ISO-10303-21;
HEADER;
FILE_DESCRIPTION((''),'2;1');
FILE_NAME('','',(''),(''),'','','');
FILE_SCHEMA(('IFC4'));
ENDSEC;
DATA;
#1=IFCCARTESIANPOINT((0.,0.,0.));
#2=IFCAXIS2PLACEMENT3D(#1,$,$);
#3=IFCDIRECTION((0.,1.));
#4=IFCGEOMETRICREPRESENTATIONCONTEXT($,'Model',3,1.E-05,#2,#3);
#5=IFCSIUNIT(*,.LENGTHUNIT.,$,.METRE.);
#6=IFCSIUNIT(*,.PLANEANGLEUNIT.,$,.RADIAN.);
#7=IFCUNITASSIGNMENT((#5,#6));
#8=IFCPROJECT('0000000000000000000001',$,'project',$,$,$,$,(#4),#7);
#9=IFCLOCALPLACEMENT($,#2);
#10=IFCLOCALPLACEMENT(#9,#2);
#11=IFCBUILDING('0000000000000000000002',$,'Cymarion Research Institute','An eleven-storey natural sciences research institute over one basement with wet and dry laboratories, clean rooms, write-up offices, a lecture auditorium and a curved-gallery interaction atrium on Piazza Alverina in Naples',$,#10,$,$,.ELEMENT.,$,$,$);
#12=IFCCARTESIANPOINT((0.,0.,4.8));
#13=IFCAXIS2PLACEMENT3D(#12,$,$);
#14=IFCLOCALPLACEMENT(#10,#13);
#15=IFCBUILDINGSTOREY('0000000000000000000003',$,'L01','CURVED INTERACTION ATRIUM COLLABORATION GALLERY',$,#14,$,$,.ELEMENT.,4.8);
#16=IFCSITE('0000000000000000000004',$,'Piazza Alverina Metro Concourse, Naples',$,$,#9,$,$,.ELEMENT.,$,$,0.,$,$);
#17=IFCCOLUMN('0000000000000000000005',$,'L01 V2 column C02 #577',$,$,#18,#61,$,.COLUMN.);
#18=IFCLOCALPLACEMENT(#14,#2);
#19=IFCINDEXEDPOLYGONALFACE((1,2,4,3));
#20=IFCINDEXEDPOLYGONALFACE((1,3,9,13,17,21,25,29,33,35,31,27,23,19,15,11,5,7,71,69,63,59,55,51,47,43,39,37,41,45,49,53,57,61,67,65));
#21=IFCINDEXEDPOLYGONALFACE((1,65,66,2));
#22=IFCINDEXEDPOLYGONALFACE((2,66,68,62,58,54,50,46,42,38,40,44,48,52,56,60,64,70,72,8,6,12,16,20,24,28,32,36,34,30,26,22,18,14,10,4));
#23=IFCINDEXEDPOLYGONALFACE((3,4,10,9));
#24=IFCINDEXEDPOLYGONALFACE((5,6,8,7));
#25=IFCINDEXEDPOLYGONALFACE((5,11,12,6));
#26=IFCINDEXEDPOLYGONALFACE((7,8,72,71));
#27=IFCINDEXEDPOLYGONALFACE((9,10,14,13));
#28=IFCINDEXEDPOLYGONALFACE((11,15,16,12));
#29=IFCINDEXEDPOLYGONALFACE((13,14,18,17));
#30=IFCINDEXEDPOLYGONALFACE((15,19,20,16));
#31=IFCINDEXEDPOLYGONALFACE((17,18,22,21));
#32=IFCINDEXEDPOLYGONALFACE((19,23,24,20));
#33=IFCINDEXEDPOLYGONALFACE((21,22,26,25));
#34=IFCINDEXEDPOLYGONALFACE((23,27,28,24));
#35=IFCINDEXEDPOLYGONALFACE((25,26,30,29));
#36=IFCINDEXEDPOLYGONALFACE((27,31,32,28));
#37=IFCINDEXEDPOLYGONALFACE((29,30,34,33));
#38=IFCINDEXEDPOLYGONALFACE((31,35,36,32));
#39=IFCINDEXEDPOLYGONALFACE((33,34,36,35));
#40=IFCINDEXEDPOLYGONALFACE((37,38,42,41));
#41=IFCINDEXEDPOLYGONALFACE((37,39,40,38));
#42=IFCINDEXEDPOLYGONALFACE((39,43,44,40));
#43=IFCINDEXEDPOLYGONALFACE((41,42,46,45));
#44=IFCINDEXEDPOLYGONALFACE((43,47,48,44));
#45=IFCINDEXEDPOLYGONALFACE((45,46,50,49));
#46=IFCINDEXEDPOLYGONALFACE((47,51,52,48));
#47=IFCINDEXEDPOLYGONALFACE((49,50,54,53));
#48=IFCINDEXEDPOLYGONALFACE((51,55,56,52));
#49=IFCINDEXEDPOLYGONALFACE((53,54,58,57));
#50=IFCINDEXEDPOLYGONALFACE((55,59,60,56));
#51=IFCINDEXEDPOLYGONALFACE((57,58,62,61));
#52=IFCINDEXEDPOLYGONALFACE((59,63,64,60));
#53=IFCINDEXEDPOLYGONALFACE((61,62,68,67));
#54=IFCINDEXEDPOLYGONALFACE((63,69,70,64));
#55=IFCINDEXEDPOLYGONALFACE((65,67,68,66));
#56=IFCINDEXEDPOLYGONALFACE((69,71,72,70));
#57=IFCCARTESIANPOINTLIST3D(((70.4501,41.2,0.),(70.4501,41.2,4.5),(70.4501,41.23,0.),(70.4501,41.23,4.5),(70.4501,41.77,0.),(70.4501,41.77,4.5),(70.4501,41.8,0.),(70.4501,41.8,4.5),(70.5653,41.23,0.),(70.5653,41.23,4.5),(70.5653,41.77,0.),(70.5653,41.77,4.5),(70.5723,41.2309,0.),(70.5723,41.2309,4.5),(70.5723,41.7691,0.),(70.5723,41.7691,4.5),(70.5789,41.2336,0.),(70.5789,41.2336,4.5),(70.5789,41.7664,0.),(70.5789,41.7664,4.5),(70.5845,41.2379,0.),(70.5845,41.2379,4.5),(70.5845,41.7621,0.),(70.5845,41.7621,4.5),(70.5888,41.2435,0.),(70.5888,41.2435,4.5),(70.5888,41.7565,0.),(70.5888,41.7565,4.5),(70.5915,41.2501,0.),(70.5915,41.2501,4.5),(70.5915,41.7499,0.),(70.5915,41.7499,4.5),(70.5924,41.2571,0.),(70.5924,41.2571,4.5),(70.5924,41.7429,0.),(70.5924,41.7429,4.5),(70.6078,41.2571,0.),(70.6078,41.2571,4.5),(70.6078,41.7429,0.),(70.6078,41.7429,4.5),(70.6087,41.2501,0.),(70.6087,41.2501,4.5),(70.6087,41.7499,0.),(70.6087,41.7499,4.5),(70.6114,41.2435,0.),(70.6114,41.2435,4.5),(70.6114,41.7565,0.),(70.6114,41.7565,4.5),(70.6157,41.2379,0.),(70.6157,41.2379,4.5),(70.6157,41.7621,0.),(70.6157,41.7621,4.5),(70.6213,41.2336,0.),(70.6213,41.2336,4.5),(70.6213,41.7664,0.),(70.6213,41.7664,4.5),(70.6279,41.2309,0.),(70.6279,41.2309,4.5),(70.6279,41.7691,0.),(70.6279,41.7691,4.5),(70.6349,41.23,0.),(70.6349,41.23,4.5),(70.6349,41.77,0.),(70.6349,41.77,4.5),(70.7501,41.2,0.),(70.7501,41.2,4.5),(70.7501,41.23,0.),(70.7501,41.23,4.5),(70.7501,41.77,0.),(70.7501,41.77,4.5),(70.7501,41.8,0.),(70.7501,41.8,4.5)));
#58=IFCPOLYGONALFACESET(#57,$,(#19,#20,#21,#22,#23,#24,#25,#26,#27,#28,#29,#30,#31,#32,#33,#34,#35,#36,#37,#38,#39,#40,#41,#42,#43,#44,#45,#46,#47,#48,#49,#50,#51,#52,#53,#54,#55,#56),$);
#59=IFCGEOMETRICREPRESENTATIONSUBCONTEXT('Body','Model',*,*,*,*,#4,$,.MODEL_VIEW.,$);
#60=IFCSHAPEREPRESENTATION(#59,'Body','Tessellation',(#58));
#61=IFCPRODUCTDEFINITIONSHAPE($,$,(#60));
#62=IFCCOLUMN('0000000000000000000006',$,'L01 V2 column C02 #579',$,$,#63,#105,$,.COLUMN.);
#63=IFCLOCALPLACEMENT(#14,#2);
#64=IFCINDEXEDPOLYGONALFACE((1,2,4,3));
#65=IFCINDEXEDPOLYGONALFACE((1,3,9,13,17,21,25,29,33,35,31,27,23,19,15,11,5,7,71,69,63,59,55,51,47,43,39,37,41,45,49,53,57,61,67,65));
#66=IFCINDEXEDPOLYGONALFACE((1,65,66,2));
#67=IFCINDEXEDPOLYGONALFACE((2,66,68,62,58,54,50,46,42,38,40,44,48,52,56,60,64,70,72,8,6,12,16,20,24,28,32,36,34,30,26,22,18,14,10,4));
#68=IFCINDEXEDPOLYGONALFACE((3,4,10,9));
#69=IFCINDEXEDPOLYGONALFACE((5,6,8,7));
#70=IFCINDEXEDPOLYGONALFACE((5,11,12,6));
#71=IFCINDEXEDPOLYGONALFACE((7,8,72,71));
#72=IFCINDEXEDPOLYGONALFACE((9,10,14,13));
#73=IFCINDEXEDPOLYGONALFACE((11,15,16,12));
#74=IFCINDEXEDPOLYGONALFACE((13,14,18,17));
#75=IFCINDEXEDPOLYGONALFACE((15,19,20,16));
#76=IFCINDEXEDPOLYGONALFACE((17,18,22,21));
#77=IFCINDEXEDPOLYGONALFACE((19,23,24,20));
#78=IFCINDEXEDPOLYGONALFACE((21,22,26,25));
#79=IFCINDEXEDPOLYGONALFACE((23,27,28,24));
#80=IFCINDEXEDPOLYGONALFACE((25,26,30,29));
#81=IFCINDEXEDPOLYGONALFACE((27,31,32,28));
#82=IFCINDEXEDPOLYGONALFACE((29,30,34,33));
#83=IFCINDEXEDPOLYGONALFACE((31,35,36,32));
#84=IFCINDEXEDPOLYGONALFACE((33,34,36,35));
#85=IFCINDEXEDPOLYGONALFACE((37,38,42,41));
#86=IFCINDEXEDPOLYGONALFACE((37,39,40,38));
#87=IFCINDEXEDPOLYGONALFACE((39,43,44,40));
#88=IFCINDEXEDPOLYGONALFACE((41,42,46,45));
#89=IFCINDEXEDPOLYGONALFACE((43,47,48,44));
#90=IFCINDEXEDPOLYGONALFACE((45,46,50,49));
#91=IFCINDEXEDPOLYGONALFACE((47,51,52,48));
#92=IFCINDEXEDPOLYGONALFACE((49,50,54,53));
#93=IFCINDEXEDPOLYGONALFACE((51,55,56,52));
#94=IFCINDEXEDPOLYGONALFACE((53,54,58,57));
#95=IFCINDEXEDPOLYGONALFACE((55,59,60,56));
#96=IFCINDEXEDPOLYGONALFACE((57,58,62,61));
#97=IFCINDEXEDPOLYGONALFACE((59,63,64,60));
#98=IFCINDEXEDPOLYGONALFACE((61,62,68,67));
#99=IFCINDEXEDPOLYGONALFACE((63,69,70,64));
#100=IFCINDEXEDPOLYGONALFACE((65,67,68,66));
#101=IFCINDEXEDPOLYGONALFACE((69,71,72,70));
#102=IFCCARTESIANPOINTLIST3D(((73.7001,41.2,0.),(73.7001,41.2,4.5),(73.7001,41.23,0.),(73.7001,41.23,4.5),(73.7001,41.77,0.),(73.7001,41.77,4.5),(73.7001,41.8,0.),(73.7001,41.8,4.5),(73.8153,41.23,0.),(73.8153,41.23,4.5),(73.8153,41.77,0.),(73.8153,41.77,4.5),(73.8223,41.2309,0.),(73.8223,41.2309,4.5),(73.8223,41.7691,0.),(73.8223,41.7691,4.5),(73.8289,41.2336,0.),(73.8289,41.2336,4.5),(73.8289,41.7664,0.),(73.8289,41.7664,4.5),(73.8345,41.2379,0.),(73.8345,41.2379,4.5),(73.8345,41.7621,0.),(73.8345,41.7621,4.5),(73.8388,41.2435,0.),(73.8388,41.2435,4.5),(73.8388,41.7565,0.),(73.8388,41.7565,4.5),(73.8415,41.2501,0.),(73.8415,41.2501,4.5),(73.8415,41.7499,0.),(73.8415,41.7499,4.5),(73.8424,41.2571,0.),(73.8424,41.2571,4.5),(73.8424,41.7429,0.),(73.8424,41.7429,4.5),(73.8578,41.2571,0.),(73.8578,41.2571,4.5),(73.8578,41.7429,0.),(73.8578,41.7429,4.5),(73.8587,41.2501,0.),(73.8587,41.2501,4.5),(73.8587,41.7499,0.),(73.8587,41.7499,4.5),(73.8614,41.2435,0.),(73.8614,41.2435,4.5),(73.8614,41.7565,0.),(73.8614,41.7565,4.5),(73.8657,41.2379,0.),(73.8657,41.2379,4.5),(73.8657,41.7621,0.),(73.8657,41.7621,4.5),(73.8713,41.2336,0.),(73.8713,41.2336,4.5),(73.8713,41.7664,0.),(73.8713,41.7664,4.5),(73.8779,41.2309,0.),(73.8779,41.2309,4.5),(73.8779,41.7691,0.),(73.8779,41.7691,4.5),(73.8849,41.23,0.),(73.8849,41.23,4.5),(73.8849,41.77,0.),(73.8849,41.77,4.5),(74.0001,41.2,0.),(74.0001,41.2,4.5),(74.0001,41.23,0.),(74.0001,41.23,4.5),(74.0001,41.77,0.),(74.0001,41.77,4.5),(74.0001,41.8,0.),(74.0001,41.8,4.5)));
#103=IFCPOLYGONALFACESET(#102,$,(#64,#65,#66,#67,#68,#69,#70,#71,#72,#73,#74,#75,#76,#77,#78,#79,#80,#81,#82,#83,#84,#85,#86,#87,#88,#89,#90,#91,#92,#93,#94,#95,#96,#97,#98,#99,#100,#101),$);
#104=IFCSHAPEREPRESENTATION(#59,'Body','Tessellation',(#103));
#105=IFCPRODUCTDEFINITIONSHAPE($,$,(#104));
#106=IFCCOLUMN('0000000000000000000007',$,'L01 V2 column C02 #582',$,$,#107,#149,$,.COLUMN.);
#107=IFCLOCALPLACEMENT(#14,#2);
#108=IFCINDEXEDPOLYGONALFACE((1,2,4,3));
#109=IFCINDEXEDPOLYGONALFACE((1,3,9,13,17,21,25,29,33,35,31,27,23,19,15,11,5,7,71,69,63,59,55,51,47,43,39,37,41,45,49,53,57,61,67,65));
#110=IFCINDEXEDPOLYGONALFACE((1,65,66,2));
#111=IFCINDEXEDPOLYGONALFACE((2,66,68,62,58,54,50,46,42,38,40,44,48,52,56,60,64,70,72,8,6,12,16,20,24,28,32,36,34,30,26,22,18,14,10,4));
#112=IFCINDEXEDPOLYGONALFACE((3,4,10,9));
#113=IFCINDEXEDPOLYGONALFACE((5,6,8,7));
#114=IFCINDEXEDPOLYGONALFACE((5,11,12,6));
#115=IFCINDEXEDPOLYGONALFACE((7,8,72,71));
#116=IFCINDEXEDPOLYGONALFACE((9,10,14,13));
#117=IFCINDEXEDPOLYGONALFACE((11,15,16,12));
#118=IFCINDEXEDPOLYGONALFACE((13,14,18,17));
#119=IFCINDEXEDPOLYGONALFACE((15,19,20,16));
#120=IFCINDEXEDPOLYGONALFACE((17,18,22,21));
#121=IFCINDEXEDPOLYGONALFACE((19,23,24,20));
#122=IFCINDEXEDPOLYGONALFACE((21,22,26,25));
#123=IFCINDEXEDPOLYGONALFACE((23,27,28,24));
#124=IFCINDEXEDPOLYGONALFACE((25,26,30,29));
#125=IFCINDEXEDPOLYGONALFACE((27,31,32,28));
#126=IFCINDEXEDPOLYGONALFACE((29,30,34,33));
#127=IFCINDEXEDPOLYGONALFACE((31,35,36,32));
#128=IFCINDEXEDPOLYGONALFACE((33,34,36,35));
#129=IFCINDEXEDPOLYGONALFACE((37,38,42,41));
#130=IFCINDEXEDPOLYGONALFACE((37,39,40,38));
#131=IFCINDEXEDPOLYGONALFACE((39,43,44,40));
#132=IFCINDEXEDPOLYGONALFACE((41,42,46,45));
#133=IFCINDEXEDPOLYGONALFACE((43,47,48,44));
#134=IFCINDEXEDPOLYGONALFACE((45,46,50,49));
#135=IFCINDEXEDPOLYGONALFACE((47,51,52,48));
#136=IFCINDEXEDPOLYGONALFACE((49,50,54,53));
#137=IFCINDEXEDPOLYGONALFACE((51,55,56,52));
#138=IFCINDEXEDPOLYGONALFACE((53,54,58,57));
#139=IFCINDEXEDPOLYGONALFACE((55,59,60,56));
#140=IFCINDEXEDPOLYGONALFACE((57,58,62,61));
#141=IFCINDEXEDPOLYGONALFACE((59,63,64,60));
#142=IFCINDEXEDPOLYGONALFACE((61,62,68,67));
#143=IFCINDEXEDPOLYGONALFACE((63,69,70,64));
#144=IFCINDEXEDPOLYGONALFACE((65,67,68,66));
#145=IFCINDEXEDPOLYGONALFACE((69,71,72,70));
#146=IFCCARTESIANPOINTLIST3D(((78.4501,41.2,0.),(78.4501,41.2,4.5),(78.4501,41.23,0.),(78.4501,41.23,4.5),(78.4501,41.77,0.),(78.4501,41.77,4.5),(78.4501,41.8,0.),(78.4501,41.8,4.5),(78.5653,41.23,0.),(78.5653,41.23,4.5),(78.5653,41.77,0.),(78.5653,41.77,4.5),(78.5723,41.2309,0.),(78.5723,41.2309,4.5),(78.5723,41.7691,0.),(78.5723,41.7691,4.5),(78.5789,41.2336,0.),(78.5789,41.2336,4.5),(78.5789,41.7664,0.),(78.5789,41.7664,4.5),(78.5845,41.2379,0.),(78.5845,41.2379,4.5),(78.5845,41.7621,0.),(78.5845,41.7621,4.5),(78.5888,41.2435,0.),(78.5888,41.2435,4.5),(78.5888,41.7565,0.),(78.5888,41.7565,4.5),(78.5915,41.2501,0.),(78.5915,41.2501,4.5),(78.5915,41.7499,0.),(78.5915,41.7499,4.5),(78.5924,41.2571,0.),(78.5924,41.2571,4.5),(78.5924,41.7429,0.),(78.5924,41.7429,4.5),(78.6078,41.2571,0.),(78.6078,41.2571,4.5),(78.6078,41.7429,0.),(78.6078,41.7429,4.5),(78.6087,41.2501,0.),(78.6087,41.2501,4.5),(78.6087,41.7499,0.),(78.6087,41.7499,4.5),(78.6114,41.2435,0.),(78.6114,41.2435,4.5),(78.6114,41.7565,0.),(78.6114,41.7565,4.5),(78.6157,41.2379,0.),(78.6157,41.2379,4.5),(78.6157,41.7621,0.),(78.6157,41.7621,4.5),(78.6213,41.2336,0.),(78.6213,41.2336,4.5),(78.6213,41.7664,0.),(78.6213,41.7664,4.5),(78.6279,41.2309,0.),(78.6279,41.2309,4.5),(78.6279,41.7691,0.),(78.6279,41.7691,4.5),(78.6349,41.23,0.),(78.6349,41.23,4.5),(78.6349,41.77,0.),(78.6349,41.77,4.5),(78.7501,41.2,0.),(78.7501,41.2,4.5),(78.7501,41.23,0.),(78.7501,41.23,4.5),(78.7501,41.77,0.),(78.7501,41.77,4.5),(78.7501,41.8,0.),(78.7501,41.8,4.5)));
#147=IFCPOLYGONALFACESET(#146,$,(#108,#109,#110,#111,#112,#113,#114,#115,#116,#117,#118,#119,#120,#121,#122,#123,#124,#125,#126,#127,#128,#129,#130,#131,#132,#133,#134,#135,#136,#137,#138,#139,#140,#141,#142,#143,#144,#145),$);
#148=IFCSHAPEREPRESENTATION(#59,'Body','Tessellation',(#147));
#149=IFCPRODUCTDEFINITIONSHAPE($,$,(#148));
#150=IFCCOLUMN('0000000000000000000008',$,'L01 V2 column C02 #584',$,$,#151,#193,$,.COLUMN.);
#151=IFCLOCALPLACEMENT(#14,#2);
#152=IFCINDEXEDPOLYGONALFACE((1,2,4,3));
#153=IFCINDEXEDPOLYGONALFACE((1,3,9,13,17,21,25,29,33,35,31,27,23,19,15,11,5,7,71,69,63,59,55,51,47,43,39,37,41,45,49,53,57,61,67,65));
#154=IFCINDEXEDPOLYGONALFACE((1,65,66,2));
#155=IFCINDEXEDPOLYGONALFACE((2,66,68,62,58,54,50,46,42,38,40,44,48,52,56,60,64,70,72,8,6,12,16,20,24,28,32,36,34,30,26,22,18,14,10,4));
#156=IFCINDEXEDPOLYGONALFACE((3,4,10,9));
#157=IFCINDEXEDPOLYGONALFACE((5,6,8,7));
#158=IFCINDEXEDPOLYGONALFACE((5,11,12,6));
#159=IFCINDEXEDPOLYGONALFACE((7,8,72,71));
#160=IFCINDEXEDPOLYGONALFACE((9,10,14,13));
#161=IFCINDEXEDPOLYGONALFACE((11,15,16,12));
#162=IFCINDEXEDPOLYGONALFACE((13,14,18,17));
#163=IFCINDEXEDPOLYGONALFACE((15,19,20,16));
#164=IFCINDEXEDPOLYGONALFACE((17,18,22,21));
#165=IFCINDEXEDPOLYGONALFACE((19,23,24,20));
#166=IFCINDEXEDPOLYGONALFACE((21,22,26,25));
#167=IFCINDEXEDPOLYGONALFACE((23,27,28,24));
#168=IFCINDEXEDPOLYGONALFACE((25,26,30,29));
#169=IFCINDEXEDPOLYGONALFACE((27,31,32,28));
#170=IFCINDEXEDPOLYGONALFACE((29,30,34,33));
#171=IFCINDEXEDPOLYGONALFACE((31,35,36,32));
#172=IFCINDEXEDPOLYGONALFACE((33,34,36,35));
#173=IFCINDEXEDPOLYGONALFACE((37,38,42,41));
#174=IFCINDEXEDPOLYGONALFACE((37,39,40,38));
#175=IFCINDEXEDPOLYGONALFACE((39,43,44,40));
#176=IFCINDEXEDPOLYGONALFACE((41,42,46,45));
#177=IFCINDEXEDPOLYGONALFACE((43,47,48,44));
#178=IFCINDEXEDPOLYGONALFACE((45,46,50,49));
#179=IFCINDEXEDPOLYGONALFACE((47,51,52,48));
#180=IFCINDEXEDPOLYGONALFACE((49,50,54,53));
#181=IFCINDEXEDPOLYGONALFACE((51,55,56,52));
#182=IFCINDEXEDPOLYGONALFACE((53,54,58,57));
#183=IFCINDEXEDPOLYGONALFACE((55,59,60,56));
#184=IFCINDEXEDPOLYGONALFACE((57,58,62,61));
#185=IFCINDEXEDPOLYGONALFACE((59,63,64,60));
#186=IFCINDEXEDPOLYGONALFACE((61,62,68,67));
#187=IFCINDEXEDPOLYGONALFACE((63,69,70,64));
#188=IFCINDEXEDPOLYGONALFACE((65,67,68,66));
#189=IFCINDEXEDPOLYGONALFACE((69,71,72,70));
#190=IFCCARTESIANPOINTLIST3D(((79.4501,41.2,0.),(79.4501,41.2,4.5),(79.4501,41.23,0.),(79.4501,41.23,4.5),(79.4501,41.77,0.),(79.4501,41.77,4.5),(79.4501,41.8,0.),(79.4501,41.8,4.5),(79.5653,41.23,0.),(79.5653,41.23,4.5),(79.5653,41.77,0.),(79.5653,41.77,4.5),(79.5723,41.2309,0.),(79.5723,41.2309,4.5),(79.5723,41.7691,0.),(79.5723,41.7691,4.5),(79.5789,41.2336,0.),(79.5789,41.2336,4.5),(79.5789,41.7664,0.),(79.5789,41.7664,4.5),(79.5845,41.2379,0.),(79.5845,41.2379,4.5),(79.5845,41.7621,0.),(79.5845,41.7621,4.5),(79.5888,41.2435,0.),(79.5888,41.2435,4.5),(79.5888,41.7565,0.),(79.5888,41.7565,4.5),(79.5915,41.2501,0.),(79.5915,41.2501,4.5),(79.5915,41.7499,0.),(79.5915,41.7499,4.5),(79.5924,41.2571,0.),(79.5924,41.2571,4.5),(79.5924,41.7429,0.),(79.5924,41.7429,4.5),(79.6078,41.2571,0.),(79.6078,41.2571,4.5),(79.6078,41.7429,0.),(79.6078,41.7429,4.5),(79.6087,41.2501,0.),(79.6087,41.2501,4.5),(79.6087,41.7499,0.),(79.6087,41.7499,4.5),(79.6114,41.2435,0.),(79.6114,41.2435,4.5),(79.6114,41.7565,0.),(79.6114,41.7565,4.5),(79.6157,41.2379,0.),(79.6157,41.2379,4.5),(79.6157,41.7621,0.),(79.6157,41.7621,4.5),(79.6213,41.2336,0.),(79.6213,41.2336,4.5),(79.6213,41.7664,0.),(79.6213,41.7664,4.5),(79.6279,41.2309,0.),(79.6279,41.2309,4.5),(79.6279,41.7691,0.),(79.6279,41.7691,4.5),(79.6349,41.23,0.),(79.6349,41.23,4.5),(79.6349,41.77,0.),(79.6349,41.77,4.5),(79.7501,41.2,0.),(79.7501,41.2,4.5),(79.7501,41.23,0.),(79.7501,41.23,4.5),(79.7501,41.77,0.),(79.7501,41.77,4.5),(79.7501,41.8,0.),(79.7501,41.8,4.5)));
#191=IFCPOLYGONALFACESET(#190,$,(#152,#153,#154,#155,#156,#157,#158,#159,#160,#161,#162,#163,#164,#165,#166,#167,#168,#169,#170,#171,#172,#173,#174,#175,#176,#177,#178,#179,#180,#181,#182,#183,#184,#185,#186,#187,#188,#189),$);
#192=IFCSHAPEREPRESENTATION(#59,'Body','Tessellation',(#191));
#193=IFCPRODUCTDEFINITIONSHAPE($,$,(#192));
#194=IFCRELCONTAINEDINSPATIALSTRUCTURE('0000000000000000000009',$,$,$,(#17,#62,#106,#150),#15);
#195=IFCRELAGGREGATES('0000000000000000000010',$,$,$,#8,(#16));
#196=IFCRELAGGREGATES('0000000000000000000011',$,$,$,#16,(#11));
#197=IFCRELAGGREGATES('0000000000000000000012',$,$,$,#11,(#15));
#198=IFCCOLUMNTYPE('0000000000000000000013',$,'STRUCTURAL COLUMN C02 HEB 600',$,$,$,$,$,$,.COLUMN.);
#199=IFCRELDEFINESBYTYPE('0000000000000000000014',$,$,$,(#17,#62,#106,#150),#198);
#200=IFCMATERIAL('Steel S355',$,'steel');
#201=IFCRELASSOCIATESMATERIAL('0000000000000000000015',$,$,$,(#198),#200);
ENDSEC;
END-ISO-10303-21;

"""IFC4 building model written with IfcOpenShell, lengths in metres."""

from ifc_helpers import new_model, si_unit, direction, frame, origin, origin_2d, place, context, subcontext, project, spatial, i_section, extrude, material, material_profile, profile_set, type_object, element, save


model = new_model("IFC4")

# Units and contexts
model_context = context("Model", 3, precision=1e-05, world=origin(), true_north=direction((0.0, 1.0)))
body_context = subcontext(model_context, "Body", "Model", "MODEL_VIEW")
ifc_project = project(units=[si_unit("LENGTHUNIT", "METRE"), si_unit("PLANEANGLEUNIT", "RADIAN")], contexts=[model_context])

# Site, building, storey
site_placement = place(None, origin())
site = spatial("IfcSite", under=ifc_project, at=site_placement, Name="Piazza Alverina Metro Concourse, Naples", CompositionType="ELEMENT", RefElevation=0.0)
building_placement = place(site_placement, origin())
building = spatial("IfcBuilding", under=site, at=building_placement, Name="Cymarion Research Institute", Description="An eleven-storey natural sciences research institute over one basement with wet and dry laboratories, clean rooms, write-up offices, a lecture auditorium and a curved-gallery interaction atrium on Piazza Alverina in Naples", CompositionType="ELEMENT")
storey_placement = place(building_placement, frame((0.0, 0.0, 4.8)))
storey = spatial("IfcBuildingStorey", under=building, at=storey_placement, Name="L01", Description="CURVED INTERACTION ATRIUM COLLABORATION GALLERY", CompositionType="ELEMENT", Elevation=4.8)

# Columns
ifc_material_1 = material(Name="Steel S355", Category="steel")
ifc_material_profile_1 = material_profile(ifc_material_1, i_section(OverallWidth=0.3, OverallDepth=0.6001, WebThickness=0.0154, FlangeThickness=0.03, FilletRadius=0.0271, at=origin_2d()), Name="HEB 600")
ifc_profile_set_1 = profile_set([ifc_material_profile_1], Name="Steel S355")
column_type = type_object("IfcColumnType", Name="STRUCTURAL COLUMN C02 HEB 600", PredefinedType="COLUMN", material=ifc_profile_set_1)
for number, where, z_axis, x_axis, name in (
    (1, (70.6001, 41.5, 0.0), (0.0, 0.0, 1.0), (1.0, 0.0, 0.0), "L01 V2 column C02 #577"),
    (2, (73.8501, 41.5, 0.0), (0.0, 0.0, 1.0), (1.0, 0.0, 0.0), "L01 V2 column C02 #579"),
    (3, (78.6001, 41.5, 0.0), (0.0, 0.0, 1.0), (1.0, 0.0, 0.0), "L01 V2 column C02 #582"),
    (4, (79.6001, 41.5, 0.0), (0.0, 0.0, 1.0), (1.0, 0.0, 0.0), "L01 V2 column C02 #584"),
):
    element("IfcColumn", number, at=place(storey_placement, frame(where, z_axis=z_axis, x_axis=x_axis)), inside=storey, type_object=column_type, Name=name, PredefinedType="COLUMN", context=body_context, shape_type="SweptSolid", body=[
        extrude(i_section(OverallWidth=0.3, OverallDepth=0.6001, WebThickness=0.0154, FlangeThickness=0.03, FilletRadius=0.0271, at=origin_2d()), origin(), (0.0, 0.0, 1.0), 4.5),
    ])

save(model, "model.ifc")
